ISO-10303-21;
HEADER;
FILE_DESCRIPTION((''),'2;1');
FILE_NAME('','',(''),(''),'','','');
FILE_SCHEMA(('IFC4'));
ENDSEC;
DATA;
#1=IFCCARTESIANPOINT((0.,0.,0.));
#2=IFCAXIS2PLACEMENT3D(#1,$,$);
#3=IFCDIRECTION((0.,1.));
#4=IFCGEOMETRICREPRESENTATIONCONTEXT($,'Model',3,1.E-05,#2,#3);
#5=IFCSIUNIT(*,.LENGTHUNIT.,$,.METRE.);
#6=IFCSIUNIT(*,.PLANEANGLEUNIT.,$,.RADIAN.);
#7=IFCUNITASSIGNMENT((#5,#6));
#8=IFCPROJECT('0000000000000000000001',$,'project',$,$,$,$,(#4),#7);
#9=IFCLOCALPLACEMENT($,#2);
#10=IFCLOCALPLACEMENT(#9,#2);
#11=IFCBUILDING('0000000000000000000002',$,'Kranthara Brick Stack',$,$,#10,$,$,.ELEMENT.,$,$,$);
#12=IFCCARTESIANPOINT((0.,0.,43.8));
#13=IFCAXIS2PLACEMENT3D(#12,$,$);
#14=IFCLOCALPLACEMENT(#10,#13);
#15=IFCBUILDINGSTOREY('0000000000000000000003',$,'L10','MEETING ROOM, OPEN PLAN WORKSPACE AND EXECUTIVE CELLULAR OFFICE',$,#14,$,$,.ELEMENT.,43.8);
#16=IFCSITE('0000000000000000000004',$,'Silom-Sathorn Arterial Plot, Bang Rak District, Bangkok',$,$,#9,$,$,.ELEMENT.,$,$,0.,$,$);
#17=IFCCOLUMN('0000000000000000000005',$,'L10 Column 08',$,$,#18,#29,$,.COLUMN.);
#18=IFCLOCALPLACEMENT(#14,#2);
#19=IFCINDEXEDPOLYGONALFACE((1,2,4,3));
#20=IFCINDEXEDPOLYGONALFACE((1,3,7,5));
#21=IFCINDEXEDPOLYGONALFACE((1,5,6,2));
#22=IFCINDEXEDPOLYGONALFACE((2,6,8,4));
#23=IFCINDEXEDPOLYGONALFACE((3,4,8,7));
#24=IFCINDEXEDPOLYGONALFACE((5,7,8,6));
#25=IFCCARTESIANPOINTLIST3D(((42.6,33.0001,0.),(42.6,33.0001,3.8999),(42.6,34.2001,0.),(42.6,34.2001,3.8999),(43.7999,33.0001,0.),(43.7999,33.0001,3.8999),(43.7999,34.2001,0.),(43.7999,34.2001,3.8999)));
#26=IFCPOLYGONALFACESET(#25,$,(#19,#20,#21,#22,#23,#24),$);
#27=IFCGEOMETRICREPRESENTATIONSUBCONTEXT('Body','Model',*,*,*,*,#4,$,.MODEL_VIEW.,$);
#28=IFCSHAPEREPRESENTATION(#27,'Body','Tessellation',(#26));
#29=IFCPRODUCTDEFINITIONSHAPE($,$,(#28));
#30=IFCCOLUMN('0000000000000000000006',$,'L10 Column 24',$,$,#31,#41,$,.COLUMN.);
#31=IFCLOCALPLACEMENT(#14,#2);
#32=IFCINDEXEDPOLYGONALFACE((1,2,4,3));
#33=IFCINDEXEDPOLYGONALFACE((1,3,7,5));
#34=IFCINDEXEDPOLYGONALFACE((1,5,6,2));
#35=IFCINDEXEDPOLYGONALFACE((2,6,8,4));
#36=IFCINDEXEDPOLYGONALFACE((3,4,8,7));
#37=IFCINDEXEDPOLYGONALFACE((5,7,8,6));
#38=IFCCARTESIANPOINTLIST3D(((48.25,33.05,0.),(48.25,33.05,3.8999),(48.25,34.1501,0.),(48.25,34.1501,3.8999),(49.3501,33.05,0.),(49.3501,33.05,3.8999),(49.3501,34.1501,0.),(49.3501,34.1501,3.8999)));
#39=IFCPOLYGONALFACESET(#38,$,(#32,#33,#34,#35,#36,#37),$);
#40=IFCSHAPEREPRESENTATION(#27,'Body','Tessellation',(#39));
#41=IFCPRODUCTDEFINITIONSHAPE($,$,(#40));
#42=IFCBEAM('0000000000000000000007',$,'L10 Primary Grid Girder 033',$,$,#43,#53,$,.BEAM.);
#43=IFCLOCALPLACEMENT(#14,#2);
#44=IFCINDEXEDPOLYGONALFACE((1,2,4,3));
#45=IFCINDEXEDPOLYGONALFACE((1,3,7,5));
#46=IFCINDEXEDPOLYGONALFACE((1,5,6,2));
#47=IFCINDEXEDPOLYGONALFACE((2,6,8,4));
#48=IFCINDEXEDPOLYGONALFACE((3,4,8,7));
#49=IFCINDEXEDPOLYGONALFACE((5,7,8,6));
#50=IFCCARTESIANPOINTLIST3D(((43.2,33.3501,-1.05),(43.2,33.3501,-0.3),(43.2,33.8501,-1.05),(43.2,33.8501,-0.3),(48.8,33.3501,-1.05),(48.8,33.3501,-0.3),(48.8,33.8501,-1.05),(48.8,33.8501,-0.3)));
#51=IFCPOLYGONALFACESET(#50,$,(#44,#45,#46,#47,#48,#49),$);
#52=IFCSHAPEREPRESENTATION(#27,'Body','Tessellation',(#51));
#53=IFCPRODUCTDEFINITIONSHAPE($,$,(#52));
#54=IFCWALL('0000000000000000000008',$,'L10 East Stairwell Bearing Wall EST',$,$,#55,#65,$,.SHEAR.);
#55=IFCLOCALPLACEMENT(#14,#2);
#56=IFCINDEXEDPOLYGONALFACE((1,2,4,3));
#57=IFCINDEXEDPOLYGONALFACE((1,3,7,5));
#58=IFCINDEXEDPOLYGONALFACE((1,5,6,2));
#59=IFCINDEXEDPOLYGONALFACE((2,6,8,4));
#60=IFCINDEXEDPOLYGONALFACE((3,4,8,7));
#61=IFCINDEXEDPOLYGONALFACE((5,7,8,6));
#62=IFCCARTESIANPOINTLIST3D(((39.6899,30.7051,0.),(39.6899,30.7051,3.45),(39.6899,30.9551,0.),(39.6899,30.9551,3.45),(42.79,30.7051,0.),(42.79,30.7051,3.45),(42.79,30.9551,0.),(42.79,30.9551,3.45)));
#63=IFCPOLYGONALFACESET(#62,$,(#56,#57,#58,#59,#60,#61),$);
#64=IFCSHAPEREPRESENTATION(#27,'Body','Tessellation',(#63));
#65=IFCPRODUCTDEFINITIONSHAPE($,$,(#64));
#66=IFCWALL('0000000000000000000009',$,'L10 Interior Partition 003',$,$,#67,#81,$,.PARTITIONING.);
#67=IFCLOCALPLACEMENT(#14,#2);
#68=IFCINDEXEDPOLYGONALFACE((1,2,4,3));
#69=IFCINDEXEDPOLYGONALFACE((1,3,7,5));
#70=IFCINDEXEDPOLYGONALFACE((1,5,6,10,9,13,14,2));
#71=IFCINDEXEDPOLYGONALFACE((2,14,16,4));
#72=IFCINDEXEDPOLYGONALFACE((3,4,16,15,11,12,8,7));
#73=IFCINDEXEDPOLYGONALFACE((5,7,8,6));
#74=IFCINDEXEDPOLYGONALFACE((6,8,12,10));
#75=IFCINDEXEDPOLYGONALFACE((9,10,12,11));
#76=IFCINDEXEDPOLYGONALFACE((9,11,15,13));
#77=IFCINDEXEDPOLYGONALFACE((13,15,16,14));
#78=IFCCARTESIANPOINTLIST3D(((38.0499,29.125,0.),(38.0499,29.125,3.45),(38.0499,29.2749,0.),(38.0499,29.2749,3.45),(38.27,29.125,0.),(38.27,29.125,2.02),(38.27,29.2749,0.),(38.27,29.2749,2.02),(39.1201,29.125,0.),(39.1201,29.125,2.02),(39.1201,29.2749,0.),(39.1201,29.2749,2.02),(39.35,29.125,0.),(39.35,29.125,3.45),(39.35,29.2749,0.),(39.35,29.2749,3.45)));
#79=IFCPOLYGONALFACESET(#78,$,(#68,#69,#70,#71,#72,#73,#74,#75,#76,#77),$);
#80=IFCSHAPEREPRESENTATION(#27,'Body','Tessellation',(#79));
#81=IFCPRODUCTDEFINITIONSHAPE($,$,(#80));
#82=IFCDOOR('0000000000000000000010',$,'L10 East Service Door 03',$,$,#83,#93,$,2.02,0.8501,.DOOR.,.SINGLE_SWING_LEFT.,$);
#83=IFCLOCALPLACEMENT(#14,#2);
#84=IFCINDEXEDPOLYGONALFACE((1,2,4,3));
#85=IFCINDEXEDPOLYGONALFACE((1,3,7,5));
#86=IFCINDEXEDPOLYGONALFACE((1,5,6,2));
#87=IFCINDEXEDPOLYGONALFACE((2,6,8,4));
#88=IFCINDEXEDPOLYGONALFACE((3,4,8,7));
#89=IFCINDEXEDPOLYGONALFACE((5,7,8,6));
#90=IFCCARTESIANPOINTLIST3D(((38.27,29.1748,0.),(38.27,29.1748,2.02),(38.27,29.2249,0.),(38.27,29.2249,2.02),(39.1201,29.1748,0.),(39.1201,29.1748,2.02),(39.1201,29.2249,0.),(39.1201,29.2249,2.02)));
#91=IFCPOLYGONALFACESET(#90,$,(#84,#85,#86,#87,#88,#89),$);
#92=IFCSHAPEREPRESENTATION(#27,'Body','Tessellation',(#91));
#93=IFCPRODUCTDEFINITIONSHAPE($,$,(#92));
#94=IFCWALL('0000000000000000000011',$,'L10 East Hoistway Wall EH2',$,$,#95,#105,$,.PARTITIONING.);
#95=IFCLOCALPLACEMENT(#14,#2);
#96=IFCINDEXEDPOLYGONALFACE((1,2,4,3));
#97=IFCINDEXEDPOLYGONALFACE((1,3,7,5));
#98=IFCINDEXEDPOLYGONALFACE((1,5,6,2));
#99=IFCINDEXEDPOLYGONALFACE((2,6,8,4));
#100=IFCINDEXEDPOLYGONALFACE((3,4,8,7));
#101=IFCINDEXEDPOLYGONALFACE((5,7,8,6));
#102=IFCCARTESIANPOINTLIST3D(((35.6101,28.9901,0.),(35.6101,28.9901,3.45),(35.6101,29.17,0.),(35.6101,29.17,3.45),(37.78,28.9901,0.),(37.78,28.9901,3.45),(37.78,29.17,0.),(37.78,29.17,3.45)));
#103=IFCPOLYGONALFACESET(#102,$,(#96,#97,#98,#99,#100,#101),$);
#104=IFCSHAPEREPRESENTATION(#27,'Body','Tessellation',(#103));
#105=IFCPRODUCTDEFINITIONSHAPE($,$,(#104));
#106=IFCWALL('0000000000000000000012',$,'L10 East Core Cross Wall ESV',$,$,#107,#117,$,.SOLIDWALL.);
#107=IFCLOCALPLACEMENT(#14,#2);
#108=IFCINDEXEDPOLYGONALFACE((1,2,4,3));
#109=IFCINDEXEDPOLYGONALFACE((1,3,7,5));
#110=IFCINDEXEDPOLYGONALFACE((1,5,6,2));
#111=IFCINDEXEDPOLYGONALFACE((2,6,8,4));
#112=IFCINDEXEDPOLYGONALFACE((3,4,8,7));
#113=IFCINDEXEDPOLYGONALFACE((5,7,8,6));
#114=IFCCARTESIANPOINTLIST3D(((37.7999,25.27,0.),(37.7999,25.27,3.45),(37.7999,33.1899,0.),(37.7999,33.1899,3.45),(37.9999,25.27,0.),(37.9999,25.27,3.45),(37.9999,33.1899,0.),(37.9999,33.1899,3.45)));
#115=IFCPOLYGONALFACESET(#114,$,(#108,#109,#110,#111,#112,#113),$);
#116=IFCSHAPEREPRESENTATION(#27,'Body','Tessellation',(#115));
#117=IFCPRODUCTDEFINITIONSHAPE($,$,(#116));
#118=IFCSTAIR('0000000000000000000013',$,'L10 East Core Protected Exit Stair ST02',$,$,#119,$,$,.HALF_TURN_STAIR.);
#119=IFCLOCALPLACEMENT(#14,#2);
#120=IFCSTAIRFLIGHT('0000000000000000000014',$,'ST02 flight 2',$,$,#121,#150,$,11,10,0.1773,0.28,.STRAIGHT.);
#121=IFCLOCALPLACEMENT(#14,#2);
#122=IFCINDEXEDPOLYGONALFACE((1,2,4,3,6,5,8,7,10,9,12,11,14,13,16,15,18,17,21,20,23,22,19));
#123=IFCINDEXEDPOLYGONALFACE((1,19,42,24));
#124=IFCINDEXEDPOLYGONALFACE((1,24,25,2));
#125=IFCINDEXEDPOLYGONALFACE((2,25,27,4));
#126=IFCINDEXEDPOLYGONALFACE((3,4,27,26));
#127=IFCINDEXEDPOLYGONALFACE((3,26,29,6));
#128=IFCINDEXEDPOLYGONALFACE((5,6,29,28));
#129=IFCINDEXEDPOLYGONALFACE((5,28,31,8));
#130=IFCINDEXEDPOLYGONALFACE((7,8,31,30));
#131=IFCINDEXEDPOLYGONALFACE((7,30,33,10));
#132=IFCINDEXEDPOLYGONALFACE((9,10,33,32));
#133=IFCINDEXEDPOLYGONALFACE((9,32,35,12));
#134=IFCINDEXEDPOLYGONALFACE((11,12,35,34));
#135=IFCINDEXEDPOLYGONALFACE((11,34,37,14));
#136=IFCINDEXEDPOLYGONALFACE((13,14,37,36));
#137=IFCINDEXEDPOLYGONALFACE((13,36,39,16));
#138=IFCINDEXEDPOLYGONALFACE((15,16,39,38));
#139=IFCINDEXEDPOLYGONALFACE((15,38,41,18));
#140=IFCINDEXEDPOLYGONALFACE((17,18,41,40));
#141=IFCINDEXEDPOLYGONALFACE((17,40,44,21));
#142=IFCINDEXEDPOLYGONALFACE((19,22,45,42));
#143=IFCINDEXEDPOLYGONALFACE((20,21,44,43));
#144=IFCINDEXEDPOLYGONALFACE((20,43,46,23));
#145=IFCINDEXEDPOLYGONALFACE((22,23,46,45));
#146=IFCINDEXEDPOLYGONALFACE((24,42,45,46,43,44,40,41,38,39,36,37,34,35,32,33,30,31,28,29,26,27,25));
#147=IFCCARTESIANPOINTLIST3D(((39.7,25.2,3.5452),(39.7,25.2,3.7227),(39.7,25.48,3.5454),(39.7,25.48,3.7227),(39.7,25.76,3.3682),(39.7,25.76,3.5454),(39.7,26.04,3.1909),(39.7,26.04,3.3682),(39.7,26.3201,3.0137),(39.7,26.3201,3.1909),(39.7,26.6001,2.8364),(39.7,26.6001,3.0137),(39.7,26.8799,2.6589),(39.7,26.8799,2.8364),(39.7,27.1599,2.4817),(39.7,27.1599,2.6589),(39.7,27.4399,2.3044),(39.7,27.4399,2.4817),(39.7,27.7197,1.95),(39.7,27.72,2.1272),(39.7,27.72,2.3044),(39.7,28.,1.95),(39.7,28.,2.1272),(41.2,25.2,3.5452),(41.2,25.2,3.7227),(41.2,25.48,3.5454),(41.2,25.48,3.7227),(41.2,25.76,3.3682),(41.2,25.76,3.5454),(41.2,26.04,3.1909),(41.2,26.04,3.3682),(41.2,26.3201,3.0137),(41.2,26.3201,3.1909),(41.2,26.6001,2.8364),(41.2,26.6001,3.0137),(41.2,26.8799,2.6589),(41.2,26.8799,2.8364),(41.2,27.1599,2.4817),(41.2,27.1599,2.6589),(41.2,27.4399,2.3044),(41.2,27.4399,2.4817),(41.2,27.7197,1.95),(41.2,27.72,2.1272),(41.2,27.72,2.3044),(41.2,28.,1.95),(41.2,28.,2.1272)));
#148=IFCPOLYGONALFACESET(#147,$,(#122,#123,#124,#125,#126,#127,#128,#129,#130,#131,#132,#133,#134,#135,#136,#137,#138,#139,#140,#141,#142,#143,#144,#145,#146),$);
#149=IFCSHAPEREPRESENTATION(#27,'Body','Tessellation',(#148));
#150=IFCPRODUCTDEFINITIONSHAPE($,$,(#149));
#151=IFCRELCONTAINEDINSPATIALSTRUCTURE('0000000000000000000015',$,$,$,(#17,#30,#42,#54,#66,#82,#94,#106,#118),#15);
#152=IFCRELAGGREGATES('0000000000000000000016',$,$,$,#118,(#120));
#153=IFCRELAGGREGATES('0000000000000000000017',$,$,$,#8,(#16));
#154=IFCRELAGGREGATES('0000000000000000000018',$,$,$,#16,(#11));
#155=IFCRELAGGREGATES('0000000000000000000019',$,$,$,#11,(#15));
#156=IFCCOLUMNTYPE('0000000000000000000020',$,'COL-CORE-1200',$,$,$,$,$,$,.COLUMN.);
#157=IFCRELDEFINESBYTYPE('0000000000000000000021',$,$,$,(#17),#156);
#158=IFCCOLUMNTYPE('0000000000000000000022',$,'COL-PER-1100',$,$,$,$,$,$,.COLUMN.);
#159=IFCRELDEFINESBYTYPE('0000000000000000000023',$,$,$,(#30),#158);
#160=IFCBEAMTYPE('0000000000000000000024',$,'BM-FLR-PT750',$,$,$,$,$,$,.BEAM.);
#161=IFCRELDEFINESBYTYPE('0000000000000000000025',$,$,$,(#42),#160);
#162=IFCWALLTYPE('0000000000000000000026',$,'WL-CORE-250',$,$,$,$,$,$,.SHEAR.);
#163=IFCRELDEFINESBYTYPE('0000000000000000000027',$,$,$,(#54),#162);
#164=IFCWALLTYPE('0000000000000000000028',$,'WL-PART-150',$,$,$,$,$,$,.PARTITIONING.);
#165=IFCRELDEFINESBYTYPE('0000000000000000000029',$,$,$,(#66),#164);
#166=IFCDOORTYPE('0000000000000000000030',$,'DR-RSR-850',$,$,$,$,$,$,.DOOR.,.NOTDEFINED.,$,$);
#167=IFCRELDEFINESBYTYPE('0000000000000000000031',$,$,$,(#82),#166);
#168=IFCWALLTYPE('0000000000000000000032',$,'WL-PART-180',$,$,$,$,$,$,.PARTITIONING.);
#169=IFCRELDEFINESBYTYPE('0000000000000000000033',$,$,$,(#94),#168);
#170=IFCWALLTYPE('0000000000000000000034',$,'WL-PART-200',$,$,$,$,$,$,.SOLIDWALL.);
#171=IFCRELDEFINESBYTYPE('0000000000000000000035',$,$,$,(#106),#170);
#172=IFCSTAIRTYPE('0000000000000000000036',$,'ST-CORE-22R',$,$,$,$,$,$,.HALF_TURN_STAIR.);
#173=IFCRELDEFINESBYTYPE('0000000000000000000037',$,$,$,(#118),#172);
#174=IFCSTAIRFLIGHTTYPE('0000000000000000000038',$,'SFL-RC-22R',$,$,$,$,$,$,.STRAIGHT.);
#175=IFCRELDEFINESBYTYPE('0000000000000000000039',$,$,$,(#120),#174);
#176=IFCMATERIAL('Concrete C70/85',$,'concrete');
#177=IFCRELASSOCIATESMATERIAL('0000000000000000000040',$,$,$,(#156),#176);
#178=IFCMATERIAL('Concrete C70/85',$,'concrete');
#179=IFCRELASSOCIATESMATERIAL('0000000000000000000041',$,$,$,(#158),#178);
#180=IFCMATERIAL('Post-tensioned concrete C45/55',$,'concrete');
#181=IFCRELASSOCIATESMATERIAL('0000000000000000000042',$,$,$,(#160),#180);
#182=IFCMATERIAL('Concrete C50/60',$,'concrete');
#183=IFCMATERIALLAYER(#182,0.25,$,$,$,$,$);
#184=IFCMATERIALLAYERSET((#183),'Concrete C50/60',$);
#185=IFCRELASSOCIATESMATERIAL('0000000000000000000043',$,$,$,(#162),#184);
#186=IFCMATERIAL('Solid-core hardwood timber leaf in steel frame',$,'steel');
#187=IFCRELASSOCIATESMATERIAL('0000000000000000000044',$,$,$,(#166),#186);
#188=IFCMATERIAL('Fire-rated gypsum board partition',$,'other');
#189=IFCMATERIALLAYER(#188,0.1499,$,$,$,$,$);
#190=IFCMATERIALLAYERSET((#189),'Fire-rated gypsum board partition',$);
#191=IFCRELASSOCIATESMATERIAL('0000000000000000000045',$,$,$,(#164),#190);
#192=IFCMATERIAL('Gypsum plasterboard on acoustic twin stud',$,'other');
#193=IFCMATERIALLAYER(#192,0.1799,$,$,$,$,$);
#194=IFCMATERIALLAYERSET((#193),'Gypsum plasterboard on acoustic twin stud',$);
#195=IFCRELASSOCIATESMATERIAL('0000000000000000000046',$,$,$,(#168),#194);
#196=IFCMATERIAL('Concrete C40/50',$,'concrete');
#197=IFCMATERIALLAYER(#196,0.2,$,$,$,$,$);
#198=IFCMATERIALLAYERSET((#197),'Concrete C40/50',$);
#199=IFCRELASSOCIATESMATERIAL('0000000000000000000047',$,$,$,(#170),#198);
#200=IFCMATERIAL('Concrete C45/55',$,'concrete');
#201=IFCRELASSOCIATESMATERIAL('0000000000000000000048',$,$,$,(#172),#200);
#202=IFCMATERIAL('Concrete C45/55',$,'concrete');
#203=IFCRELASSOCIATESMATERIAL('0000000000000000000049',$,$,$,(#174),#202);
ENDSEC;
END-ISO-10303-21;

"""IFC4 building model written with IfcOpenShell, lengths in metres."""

from ifc_helpers import new_model, si_unit, direction, frame, frame_2d, origin, origin_2d, place, context, subcontext, project, spatial, polyline, rectangle, outline, extrude, material, layer, layer_set, material_profile, profile_set, type_object, element, fill, aggregate, save


model = new_model("IFC4")

# Units and contexts
model_context = context("Model", 3, precision=1e-05, world=origin(), true_north=direction((0.0, 1.0)))
body_context = subcontext(model_context, "Body", "Model", "MODEL_VIEW")
ifc_project = project(units=[si_unit("LENGTHUNIT", "METRE"), si_unit("PLANEANGLEUNIT", "RADIAN")], contexts=[model_context])

# Site, building, storey
site_placement = place(None, origin())
site = spatial("IfcSite", under=ifc_project, at=site_placement, Name="Silom-Sathorn Arterial Plot, Bang Rak District, Bangkok", CompositionType="ELEMENT", RefElevation=0.0)
building_placement = place(site_placement, origin())
building = spatial("IfcBuilding", under=site, at=building_placement, Name="Kranthara Brick Stack", CompositionType="ELEMENT")
storey_placement = place(building_placement, frame((0.0, 0.0, 43.8)))
storey = spatial("IfcBuildingStorey", under=building, at=storey_placement, Name="L10", Description="MEETING ROOM, OPEN PLAN WORKSPACE AND EXECUTIVE CELLULAR OFFICE", CompositionType="ELEMENT", Elevation=43.8)

# Columns
ifc_material_1 = material(Name="Concrete C70/85", Category="concrete")
ifc_material_profile_1 = material_profile(ifc_material_1, rectangle(XDim=1.2, YDim=1.2, at=origin_2d()), Name="RC 1200x1200")
ifc_profile_set_1 = profile_set([ifc_material_profile_1], Name="Concrete C70/85")
column_type_1 = type_object("IfcColumnType", Name="COL-CORE-1200", PredefinedType="COLUMN", material=ifc_profile_set_1)
column_1_placement = place(storey_placement, frame((43.2, 33.6001, 0.0), z_axis=(0.0, 0.0, 1.0), x_axis=(1.0, 0.0, 0.0)))
element("IfcColumn", 1, at=column_1_placement, inside=storey, type_object=column_type_1, Name="L10 Column 08", PredefinedType="COLUMN", context=body_context, shape_type="SweptSolid", body=[
    extrude(rectangle(XDim=1.2, YDim=1.2, at=origin_2d()), origin(), (0.0, 0.0, 1.0), 3.8999),
])
ifc_material_2 = material(Name="Concrete C70/85", Category="concrete")
ifc_material_profile_2 = material_profile(ifc_material_2, rectangle(XDim=1.1001, YDim=1.1001, at=origin_2d()), Name="RC 1100x1100")
ifc_profile_set_2 = profile_set([ifc_material_profile_2], Name="Concrete C70/85")
column_type_2 = type_object("IfcColumnType", Name="COL-PER-1100", PredefinedType="COLUMN", material=ifc_profile_set_2)
column_2_placement = place(storey_placement, frame((48.8, 33.6001, 0.0), z_axis=(0.0, 0.0, 1.0), x_axis=(1.0, 0.0, 0.0)))
element("IfcColumn", 2, at=column_2_placement, inside=storey, type_object=column_type_2, Name="L10 Column 24", PredefinedType="COLUMN", context=body_context, shape_type="SweptSolid", body=[
    extrude(rectangle(XDim=1.1001, YDim=1.1001, at=origin_2d()), origin(), (0.0, 0.0, 1.0), 3.8999),
])

# Beam
ifc_material_3 = material(Name="Post-tensioned concrete C45/55", Category="concrete")
ifc_material_profile_3 = material_profile(ifc_material_3, rectangle(XDim=0.5, YDim=0.75, at=origin_2d()), Name="PT 500x750")
ifc_profile_set_3 = profile_set([ifc_material_profile_3], Name="Post-tensioned concrete C45/55")
beam_type = type_object("IfcBeamType", Name="BM-FLR-PT750", PredefinedType="BEAM", material=ifc_profile_set_3)
beam_placement = place(storey_placement, frame((43.2, 33.6001, -0.675), z_axis=(1.0, 0.0, 0.0), x_axis=(0.0, 1.0, 0.0)))
element("IfcBeam", 3, at=beam_placement, inside=storey, type_object=beam_type, Name="L10 Primary Grid Girder 033", PredefinedType="BEAM", context=body_context, shape_type="SweptSolid", body=[
    extrude(rectangle(XDim=0.5, YDim=0.75, at=origin_2d()), origin(), (0.0, 0.0, 1.0), 5.6001),
])

# Wall
ifc_material_4 = material(Name="Concrete C50/60", Category="concrete")
ifc_layer_1 = layer(ifc_material_4, 0.25)
ifc_layer_set_1 = layer_set([ifc_layer_1], Name="Concrete C50/60")
wall_type_1 = type_object("IfcWallType", Name="WL-CORE-250", PredefinedType="SHEAR", material=ifc_layer_set_1)
wall_1_placement = place(storey_placement, frame((39.6899, 30.8301, 0.0), z_axis=(0.0, 0.0, 1.0), x_axis=(1.0, 0.0, 0.0)))
element("IfcWall", 4, at=wall_1_placement, inside=storey, type_object=wall_type_1, Name="L10 East Stairwell Bearing Wall EST", PredefinedType="SHEAR", context=body_context, shape_type="SweptSolid", body=[
    extrude(rectangle(XDim=3.1001, YDim=0.25, at=frame_2d((1.55, 0.0))), origin(), (0.0, 0.0, 1.0), 3.45),
])

# Shared definitions
ifc_material_5 = material(Name="Solid-core hardwood timber leaf in steel frame", Category="steel")
door_type_1 = type_object("IfcDoorType", Name="DR-RSR-850", OperationType="NOTDEFINED", PredefinedType="DOOR", material=ifc_material_5)

# Wall, opening, door
ifc_material_6 = material(Name="Fire-rated gypsum board partition", Category="other")
ifc_layer_2 = layer(ifc_material_6, 0.1499)
ifc_layer_set_2 = layer_set([ifc_layer_2], Name="Fire-rated gypsum board partition")
wall_type_2 = type_object("IfcWallType", Name="WL-PART-150", PredefinedType="PARTITIONING", material=ifc_layer_set_2)
wall_2_placement = place(storey_placement, frame((38.05, 29.2, 0.0), z_axis=(0.0, 0.0, 1.0), x_axis=(1.0, 0.0, 0.0)))
wall_2 = element("IfcWall", 5, at=wall_2_placement, inside=storey, type_object=wall_type_2, Name="L10 Interior Partition 003", PredefinedType="PARTITIONING", context=body_context, shape_type="SweptSolid", body=[
    extrude(rectangle(XDim=1.3, YDim=0.1499, at=frame_2d((0.6499, 0.0))), origin(), (0.0, 0.0, 1.0), 3.45),
])
opening_1_placement = place(wall_2_placement, frame((0.22, 0.0, 0.0)))
opening_1 = element("IfcOpeningElement", 6, at=opening_1_placement, cuts=wall_2, PredefinedType="OPENING", context=body_context, shape_type="SweptSolid", body=[
    extrude(rectangle(XDim=0.8501, YDim=2.02, at=frame_2d((0.425, 1.01))), frame((0.0, 0.085, 0.0), z_axis=(0.0, -1.0, 0.0), x_axis=(1.0, 0.0, 0.0)), (0.0, 0.0, 1.0), 0.1699),
])
door_1_placement = place(opening_1_placement, origin())
door_1 = element("IfcDoor", 7, at=door_1_placement, inside=storey, type_object=door_type_1, Name="L10 East Service Door 03", OperationType="SINGLE_SWING_LEFT", OverallHeight=2.02, OverallWidth=0.8501, PredefinedType="DOOR", context=body_context, shape_type="SweptSolid", body=[
    extrude(rectangle(XDim=0.8501, YDim=2.02, at=frame_2d((0.425, 1.01))), frame((0.0, 0.0249, 0.0), z_axis=(0.0, -1.0, 0.0), x_axis=(1.0, 0.0, 0.0)), (0.0, 0.0, 1.0), 0.05),
])
fill(opening_1, door_1)

# Walls
ifc_material_7 = material(Name="Gypsum plasterboard on acoustic twin stud", Category="other")
ifc_layer_3 = layer(ifc_material_7, 0.1799)
ifc_layer_set_3 = layer_set([ifc_layer_3], Name="Gypsum plasterboard on acoustic twin stud")
wall_type_3 = type_object("IfcWallType", Name="WL-PART-180", PredefinedType="PARTITIONING", material=ifc_layer_set_3)
wall_3_placement = place(storey_placement, frame((35.6101, 29.0801, 0.0), z_axis=(0.0, 0.0, 1.0), x_axis=(1.0, 0.0, 0.0)))
element("IfcWall", 8, at=wall_3_placement, inside=storey, type_object=wall_type_3, Name="L10 East Hoistway Wall EH2", PredefinedType="PARTITIONING", context=body_context, shape_type="SweptSolid", body=[
    extrude(rectangle(XDim=2.1699, YDim=0.1799, at=frame_2d((1.085, 0.0))), origin(), (0.0, 0.0, 1.0), 3.45),
])
ifc_material_8 = material(Name="Concrete C40/50", Category="concrete")
ifc_layer_4 = layer(ifc_material_8, 0.2)
ifc_layer_set_4 = layer_set([ifc_layer_4], Name="Concrete C40/50")
wall_type_4 = type_object("IfcWallType", Name="WL-PART-200", PredefinedType="SOLIDWALL", material=ifc_layer_set_4)
wall_4_placement = place(storey_placement, frame((37.8999, 25.27, 0.0), z_axis=(0.0, 0.0, 1.0), x_axis=(0.0, 1.0, 0.0)))
element("IfcWall", 9, at=wall_4_placement, inside=storey, type_object=wall_type_4, Name="L10 East Core Cross Wall ESV", PredefinedType="SOLIDWALL", context=body_context, shape_type="SweptSolid", body=[
    extrude(rectangle(XDim=7.9199, YDim=0.2, at=frame_2d((3.96, 0.0))), origin(), (0.0, 0.0, 1.0), 3.45),
])

# Stair, stair flight
ifc_material_9 = material(Name="Concrete C45/55", Category="concrete")
stair_type = type_object("IfcStairType", Name="ST-CORE-22R", PredefinedType="HALF_TURN_STAIR", material=ifc_material_9)
stair_placement = place(storey_placement, origin())
stair = element("IfcStair", 10, at=stair_placement, inside=storey, type_object=stair_type, Name="L10 East Core Protected Exit Stair ST02", PredefinedType="HALF_TURN_STAIR")
ifc_material_10 = material(Name="Concrete C45/55", Category="concrete")
stair_flight_type = type_object("IfcStairFlightType", Name="SFL-RC-22R", PredefinedType="STRAIGHT", material=ifc_material_10)
stair_flight_placement = place(storey_placement, frame((40.45, 28.0, 1.95), z_axis=(0.0, 0.0, 1.0), x_axis=(0.0, -1.0, 0.0)))
stair_flight = element("IfcStairFlight", 11, at=stair_flight_placement, type_object=stair_flight_type, Name="ST02 flight 2", NumberOfRisers=11, NumberOfTreads=10, PredefinedType="STRAIGHT", RiserHeight=0.1773, TreadLength=0.28, context=body_context, shape_type="SweptSolid", body=[
    extrude(outline(polyline([(0.0, 0.0), (0.0, 0.1772), (0.28, 0.1772), (0.28, 0.3545), (0.5601, 0.3545), (0.5601, 0.5317), (0.8401, 0.5317), (0.8401, 0.709), (1.1201, 0.709), (1.1201, 0.8865), (1.3999, 0.8865), (1.3999, 1.0637), (1.6799, 1.0637), (1.6799, 1.241), (1.96, 1.241), (1.96, 1.4182), (2.24, 1.4182), (2.24, 1.5955), (2.52, 1.5955), (2.52, 1.7727), (2.8, 1.7727), (2.8, 1.95), (2.8, 1.5952), (0.2803, 0.0), (0.0, 0.0)])), frame((0.0, 0.75, 0.0), z_axis=(0.0, -1.0, 0.0), x_axis=(1.0, 0.0, 0.0)), (0.0, 0.0, 1.0), 1.5),
])
aggregate(stair, [stair_flight])

save(model, "model.ifc")
